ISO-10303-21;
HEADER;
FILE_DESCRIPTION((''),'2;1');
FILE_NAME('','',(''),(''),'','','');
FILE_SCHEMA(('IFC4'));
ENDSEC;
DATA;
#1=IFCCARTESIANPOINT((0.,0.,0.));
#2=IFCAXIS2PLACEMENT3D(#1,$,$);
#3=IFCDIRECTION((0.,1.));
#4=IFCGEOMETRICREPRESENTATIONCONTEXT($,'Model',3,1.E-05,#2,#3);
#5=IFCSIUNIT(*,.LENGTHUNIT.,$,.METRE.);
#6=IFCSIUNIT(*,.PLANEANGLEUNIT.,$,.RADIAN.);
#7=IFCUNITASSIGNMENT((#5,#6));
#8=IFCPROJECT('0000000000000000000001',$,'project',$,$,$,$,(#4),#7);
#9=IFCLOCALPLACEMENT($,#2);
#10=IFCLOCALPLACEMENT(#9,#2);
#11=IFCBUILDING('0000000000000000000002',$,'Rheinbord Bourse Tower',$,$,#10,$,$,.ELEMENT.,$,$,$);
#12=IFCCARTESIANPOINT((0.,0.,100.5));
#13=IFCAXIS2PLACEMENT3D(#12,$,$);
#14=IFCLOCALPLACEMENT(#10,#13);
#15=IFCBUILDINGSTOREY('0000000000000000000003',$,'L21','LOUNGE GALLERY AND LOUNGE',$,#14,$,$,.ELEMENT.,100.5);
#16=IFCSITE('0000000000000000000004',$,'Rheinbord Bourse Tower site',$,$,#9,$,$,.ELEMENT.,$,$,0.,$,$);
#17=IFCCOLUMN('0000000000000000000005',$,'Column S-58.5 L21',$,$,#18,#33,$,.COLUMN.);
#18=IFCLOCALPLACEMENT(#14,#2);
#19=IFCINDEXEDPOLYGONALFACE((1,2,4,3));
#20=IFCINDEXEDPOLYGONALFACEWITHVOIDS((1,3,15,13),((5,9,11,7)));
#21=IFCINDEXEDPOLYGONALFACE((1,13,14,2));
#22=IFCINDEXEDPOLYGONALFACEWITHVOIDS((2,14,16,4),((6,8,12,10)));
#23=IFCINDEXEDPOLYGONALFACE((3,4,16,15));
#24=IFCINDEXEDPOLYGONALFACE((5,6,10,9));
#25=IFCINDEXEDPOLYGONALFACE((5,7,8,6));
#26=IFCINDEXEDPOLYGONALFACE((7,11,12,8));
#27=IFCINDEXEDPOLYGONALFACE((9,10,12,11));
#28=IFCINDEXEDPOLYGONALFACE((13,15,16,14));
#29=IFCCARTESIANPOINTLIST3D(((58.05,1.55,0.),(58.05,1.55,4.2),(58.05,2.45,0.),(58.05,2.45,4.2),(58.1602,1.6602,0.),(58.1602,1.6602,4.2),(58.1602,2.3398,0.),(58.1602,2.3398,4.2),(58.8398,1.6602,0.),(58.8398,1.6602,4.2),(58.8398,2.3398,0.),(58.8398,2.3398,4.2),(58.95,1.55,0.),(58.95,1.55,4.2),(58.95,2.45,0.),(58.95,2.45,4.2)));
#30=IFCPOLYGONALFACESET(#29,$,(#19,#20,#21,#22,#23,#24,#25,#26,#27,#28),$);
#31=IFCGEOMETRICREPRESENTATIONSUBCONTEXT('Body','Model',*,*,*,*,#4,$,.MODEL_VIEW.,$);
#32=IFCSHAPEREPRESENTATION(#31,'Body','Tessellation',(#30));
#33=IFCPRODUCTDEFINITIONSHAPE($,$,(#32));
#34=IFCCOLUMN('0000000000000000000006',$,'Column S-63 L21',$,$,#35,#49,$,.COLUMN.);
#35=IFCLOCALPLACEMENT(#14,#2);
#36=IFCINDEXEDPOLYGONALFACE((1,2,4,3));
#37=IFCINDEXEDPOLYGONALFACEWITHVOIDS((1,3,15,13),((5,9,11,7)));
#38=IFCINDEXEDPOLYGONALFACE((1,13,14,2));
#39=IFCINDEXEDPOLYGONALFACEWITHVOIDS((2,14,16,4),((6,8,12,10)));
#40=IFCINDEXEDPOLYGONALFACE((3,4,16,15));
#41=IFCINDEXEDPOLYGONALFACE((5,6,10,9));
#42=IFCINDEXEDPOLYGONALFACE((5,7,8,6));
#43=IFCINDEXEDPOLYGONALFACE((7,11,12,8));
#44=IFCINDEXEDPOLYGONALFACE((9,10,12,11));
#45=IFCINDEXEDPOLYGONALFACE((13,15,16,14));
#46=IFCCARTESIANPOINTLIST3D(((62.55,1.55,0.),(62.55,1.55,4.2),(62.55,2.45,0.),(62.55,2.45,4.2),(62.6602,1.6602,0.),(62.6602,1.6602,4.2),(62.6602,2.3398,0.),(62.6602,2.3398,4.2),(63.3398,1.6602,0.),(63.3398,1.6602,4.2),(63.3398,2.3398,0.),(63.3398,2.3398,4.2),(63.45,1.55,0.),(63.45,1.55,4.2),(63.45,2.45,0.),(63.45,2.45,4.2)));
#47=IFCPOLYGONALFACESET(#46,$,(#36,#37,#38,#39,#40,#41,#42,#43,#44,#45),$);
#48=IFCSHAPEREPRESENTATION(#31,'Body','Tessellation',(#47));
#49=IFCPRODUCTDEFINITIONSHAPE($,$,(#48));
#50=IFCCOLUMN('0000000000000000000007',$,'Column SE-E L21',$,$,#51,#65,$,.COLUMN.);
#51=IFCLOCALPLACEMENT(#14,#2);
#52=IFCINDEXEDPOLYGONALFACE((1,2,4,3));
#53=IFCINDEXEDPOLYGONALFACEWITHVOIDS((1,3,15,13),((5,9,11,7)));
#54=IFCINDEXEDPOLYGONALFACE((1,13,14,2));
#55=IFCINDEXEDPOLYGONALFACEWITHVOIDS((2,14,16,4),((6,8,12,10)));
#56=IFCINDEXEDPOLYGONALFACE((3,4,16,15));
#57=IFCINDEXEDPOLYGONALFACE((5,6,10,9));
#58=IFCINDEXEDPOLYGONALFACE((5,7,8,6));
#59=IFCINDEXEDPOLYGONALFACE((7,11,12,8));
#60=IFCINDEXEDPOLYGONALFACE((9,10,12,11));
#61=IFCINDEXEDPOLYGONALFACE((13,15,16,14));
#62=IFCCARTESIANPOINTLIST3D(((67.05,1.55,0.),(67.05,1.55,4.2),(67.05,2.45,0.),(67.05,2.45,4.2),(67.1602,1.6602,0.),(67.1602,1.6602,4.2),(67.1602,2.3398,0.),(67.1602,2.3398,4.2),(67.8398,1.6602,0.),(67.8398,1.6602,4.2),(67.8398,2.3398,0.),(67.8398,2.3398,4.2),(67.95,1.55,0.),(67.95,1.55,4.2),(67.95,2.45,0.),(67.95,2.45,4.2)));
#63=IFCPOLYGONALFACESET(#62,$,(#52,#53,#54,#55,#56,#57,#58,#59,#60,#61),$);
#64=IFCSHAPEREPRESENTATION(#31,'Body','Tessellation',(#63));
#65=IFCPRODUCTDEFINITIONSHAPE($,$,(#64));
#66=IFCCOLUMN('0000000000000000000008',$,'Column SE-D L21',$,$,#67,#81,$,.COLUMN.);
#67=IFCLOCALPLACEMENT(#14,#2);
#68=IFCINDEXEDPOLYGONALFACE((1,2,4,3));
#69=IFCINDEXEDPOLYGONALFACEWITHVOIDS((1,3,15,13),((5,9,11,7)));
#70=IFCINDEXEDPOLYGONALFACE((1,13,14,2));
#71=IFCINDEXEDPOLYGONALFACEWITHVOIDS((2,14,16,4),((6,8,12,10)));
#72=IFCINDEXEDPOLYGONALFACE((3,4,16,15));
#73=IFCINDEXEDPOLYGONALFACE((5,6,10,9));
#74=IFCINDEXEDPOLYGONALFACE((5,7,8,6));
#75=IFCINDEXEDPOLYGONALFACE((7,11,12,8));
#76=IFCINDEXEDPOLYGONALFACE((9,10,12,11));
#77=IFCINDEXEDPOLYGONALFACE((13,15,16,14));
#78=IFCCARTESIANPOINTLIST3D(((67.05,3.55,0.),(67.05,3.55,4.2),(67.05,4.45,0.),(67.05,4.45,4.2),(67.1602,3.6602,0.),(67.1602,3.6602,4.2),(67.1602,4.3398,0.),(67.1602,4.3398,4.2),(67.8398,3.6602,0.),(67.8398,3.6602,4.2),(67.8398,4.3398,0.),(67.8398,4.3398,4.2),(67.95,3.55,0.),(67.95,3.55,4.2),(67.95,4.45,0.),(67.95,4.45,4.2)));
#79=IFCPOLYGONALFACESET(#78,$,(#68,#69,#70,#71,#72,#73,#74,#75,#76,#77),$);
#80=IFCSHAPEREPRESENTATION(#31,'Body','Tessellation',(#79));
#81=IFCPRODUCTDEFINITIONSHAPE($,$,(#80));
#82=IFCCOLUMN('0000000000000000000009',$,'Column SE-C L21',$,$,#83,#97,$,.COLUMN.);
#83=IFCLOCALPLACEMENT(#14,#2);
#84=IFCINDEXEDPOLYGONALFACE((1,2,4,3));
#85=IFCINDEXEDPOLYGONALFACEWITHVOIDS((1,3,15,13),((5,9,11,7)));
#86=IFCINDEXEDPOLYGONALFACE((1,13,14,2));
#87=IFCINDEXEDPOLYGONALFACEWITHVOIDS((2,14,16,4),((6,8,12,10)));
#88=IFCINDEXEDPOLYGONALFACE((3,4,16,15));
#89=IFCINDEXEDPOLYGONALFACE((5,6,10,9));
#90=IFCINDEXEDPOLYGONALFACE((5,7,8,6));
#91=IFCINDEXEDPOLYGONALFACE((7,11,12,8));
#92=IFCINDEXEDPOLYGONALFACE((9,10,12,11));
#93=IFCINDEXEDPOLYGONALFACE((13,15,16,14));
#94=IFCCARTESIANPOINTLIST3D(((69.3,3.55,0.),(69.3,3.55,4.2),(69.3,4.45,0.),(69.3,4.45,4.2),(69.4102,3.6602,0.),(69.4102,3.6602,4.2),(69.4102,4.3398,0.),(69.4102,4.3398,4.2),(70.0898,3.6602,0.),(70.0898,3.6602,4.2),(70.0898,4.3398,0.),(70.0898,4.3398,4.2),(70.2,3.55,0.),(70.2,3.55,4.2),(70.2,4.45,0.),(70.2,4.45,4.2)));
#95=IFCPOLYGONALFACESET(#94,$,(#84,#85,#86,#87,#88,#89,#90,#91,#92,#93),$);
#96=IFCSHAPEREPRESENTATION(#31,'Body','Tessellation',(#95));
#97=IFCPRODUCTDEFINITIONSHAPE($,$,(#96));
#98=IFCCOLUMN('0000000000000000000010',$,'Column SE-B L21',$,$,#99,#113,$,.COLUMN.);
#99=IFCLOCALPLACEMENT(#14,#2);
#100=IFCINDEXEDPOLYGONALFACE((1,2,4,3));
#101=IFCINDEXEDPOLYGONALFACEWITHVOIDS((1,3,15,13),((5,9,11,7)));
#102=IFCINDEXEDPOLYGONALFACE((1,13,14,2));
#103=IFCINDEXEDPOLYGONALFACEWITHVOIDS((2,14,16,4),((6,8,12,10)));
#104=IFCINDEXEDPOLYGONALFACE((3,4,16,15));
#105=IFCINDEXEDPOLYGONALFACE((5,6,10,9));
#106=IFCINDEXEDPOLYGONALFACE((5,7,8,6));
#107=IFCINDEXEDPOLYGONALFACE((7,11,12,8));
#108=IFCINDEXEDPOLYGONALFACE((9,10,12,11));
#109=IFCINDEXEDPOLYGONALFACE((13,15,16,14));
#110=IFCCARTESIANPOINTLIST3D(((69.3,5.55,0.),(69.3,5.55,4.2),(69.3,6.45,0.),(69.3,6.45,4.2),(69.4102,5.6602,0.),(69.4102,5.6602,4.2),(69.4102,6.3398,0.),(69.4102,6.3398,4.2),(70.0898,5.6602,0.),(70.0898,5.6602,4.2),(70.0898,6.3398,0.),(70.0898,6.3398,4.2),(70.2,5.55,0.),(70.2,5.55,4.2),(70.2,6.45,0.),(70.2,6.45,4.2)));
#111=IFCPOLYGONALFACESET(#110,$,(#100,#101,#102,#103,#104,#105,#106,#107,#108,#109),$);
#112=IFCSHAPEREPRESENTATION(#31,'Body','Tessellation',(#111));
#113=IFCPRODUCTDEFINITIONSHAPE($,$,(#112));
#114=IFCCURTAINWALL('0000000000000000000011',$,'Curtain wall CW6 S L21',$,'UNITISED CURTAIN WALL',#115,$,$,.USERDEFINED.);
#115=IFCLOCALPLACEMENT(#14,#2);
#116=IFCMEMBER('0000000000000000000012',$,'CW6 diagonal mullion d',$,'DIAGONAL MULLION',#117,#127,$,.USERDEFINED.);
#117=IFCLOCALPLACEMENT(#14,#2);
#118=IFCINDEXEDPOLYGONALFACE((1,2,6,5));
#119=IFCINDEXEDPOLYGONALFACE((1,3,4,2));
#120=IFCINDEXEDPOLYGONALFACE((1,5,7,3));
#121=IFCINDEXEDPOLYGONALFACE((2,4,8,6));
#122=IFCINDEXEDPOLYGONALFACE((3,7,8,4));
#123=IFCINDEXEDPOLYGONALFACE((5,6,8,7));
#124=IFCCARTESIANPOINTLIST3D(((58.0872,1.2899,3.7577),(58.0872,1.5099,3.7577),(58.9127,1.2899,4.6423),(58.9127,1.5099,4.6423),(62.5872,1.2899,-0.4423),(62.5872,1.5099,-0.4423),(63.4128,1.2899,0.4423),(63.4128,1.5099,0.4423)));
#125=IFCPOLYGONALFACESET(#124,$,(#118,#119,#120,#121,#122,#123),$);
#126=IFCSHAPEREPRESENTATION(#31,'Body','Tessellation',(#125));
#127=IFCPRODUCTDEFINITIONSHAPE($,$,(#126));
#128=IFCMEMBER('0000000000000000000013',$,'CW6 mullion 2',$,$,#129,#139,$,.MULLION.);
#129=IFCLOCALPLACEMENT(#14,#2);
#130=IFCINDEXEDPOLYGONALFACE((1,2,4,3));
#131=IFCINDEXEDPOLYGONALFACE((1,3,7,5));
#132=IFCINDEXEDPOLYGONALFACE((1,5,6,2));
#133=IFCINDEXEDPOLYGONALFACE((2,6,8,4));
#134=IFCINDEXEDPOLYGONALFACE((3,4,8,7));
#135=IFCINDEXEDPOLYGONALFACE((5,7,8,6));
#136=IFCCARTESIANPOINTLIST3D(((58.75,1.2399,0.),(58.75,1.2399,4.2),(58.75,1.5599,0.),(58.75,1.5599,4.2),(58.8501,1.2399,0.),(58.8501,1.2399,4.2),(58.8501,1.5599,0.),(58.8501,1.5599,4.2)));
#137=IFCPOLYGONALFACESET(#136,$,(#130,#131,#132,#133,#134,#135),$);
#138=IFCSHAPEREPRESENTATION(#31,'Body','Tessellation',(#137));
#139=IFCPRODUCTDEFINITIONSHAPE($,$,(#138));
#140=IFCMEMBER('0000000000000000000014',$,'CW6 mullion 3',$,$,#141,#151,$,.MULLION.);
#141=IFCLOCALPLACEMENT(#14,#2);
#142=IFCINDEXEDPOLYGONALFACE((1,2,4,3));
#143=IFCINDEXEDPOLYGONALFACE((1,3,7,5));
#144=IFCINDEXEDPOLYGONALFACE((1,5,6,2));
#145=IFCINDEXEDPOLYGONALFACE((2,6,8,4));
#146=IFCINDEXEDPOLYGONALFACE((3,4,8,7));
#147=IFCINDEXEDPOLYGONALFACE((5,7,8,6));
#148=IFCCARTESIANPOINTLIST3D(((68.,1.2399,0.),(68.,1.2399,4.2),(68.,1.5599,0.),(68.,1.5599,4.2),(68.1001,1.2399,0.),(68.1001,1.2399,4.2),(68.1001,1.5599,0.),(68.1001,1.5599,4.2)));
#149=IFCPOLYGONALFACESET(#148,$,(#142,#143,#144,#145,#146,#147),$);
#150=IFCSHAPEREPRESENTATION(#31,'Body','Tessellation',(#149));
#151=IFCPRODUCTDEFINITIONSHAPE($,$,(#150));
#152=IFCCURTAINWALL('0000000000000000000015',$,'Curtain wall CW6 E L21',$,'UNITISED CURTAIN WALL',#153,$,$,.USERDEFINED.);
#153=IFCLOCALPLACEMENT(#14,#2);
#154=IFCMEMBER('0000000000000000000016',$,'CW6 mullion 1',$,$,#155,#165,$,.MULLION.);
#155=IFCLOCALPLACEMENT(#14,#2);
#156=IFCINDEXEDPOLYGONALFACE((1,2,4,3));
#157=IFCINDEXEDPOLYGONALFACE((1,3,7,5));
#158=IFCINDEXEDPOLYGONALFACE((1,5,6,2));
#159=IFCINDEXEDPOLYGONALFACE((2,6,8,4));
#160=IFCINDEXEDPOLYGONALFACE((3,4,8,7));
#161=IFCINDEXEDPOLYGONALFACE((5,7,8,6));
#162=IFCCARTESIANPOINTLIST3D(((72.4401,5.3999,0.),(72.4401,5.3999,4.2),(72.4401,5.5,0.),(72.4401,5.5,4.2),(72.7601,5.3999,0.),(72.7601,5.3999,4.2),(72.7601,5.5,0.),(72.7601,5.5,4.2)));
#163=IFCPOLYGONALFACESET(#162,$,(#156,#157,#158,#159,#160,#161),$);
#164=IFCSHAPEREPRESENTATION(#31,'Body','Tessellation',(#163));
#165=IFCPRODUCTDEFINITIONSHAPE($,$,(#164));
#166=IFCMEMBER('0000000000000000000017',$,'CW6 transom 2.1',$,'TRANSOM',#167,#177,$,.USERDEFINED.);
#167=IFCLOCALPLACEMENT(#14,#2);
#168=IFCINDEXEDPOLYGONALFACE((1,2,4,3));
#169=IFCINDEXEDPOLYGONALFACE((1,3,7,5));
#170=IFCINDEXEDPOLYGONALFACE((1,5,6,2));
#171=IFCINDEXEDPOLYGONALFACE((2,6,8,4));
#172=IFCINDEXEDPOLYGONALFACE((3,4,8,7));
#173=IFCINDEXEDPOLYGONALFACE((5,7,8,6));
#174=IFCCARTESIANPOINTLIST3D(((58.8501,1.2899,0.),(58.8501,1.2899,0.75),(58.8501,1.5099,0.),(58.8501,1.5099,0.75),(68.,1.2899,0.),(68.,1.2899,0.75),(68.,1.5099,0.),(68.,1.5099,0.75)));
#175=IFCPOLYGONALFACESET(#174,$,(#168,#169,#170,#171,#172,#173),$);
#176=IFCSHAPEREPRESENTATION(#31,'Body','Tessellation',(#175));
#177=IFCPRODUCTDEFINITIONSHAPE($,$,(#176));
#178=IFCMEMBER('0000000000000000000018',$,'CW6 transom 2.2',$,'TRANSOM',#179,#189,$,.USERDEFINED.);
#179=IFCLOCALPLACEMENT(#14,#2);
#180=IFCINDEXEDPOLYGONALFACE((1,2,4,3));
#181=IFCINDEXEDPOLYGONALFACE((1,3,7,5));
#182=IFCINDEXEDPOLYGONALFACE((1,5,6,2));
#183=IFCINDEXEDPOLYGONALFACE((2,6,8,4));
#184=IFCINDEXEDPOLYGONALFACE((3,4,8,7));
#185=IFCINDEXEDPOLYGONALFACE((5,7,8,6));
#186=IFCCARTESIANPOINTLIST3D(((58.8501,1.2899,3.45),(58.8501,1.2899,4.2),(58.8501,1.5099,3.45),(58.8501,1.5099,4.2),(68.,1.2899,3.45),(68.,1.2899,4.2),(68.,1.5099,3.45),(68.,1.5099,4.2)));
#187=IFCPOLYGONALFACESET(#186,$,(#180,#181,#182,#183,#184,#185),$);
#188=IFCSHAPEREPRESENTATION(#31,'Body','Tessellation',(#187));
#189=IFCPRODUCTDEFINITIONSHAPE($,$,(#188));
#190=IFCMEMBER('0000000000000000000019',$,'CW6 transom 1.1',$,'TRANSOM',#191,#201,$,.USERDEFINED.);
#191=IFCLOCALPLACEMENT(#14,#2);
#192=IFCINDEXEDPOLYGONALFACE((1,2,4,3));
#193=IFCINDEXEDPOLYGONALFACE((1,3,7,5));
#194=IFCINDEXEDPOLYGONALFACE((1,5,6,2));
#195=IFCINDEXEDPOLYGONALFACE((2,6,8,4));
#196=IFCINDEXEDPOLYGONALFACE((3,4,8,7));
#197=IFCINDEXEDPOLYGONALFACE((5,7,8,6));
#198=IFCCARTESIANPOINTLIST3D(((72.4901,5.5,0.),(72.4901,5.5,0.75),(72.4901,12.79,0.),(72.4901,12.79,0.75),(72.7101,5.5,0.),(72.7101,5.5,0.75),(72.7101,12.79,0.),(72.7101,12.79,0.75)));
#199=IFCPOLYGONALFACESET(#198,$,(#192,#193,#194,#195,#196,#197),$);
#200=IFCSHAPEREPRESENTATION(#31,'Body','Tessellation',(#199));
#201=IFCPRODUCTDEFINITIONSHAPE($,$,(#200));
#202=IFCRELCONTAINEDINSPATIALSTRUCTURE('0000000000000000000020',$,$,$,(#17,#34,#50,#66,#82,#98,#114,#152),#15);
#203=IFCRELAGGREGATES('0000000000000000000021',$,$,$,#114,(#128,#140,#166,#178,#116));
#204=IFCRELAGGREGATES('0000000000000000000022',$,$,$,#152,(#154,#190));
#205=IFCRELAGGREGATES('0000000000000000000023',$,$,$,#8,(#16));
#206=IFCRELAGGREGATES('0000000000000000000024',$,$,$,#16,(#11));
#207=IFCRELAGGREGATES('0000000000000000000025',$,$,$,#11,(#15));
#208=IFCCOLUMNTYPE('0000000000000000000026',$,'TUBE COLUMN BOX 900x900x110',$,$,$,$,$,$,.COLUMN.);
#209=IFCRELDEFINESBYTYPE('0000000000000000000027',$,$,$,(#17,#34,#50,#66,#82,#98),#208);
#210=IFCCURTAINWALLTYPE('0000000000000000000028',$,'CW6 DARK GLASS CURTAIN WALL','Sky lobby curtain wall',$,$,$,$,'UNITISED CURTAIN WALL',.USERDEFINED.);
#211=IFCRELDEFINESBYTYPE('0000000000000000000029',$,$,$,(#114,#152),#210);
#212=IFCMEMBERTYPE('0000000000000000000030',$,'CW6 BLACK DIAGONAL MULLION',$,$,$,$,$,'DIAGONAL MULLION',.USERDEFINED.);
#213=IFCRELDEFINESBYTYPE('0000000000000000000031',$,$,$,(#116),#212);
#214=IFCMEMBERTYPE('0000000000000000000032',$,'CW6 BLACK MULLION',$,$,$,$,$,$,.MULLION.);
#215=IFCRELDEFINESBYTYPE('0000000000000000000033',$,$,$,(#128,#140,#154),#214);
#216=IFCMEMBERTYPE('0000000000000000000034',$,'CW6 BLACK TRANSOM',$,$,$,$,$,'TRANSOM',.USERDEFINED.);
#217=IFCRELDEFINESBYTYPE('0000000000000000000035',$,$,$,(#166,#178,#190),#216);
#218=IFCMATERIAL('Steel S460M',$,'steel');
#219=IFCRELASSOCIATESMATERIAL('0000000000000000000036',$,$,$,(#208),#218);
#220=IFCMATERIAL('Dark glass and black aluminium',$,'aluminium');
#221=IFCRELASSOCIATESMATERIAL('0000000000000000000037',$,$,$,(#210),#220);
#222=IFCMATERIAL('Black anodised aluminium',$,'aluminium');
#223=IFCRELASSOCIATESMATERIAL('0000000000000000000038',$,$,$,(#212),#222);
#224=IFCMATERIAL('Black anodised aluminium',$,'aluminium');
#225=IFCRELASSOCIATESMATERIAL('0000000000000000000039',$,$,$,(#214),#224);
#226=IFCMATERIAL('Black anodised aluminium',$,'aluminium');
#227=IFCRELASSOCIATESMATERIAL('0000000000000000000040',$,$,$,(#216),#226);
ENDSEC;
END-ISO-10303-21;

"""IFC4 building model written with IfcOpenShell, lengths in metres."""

from ifc_helpers import new_model, si_unit, direction, frame, origin, origin_2d, place, context, subcontext, project, spatial, rectangle, hollow_rectangle, extrude, material, material_profile, profile_set, type_object, element, aggregate, save


model = new_model("IFC4")

# Units and contexts
model_context = context("Model", 3, precision=1e-05, world=origin(), true_north=direction((0.0, 1.0)))
body_context = subcontext(model_context, "Body", "Model", "MODEL_VIEW")
ifc_project = project(units=[si_unit("LENGTHUNIT", "METRE"), si_unit("PLANEANGLEUNIT", "RADIAN")], contexts=[model_context])

# Site, building, storey
site_placement = place(None, origin())
site = spatial("IfcSite", under=ifc_project, at=site_placement, Name="Rheinbord Bourse Tower site", CompositionType="ELEMENT", RefElevation=0.0)
building_placement = place(site_placement, origin())
building = spatial("IfcBuilding", under=site, at=building_placement, Name="Rheinbord Bourse Tower", CompositionType="ELEMENT")
storey_placement = place(building_placement, frame((0.0, 0.0, 100.5)))
storey = spatial("IfcBuildingStorey", under=building, at=storey_placement, Name="L21", Description="LOUNGE GALLERY AND LOUNGE", CompositionType="ELEMENT", Elevation=100.5)

# Columns
ifc_material_1 = material(Name="Steel S460M", Category="steel")
ifc_material_profile_1 = material_profile(ifc_material_1, hollow_rectangle(XDim=0.8999, YDim=0.8999, WallThickness=0.1101, at=origin_2d()), Name="BOX 900x900x110")
ifc_profile_set_1 = profile_set([ifc_material_profile_1], Name="Steel S460M")
column_type = type_object("IfcColumnType", Name="TUBE COLUMN BOX 900x900x110", PredefinedType="COLUMN", material=ifc_profile_set_1)
for number, where, z_axis, x_axis, name in (
    (1, (58.5, 2.0, 0.0), (0.0, 0.0, 1.0), (0.0, 1.0, 0.0), "Column S-58.5 L21"),
    (2, (63.0, 2.0, 0.0), (0.0, 0.0, 1.0), (0.0, 1.0, 0.0), "Column S-63 L21"),
    (3, (67.5, 2.0, 0.0), (0.0, 0.0, 1.0), (0.0, 1.0, 0.0), "Column SE-E L21"),
    (4, (67.5, 4.0, 0.0), (0.0, 0.0, 1.0), (0.0, 1.0, 0.0), "Column SE-D L21"),
    (5, (69.75, 4.0, 0.0), (0.0, 0.0, 1.0), (1.0, 0.0, 0.0), "Column SE-C L21"),
    (6, (69.75, 6.0, 0.0), (0.0, 0.0, 1.0), (1.0, 0.0, 0.0), "Column SE-B L21"),
):
    element("IfcColumn", number, at=place(storey_placement, frame(where, z_axis=z_axis, x_axis=x_axis)), inside=storey, type_object=column_type, Name=name, PredefinedType="COLUMN", context=body_context, shape_type="SweptSolid", body=[
        extrude(hollow_rectangle(XDim=0.8999, YDim=0.8999, WallThickness=0.1101, at=origin_2d()), origin(), (0.0, 0.0, 1.0), 4.2),
    ])

# Curtain wall, members
ifc_material_2 = material(Name="Dark glass and black aluminium", Category="aluminium")
curtain_wall_type = type_object("IfcCurtainWallType", Name="CW6 DARK GLASS CURTAIN WALL", Description="Sky lobby curtain wall", ElementType="UNITISED CURTAIN WALL", PredefinedType="USERDEFINED", material=ifc_material_2)
curtain_wall_1_placement = place(storey_placement, origin())
curtain_wall_1 = element("IfcCurtainWall", 7, at=curtain_wall_1_placement, inside=storey, type_object=curtain_wall_type, Name="Curtain wall CW6 S L21", ObjectType="UNITISED CURTAIN WALL", PredefinedType="USERDEFINED")
ifc_material_3 = material(Name="Black anodised aluminium", Category="aluminium")
ifc_material_profile_2 = material_profile(ifc_material_3, rectangle(XDim=0.22, YDim=1.21, at=origin_2d()), Name="CW6 DIAGONAL MULLION 1210x220")
ifc_profile_set_2 = profile_set([ifc_material_profile_2], Name="Black anodised aluminium")
member_type_1 = type_object("IfcMemberType", Name="CW6 BLACK DIAGONAL MULLION", ElementType="DIAGONAL MULLION", PredefinedType="USERDEFINED", material=ifc_profile_set_2)
member_1_placement = place(storey_placement, frame((63.0, 1.3999, 0.0), z_axis=(-0.731059, 0.0, 0.682314), x_axis=(0.0, -1.0, 0.0)))
member_1 = element("IfcMember", 8, at=member_1_placement, type_object=member_type_1, Name="CW6 diagonal mullion d", ObjectType="DIAGONAL MULLION", PredefinedType="USERDEFINED", context=body_context, shape_type="SweptSolid", body=[
    extrude(rectangle(XDim=0.22, YDim=1.21, at=origin_2d()), origin(), (0.0, 0.0, 1.0), 6.1555),
])
ifc_material_4 = material(Name="Black anodised aluminium", Category="aluminium")
ifc_material_profile_3 = material_profile(ifc_material_4, rectangle(XDim=0.3201, YDim=0.1001, at=origin_2d()), Name="CW6 MULLION 100x320")
ifc_profile_set_3 = profile_set([ifc_material_profile_3], Name="Black anodised aluminium")
member_type_2 = type_object("IfcMemberType", Name="CW6 BLACK MULLION", PredefinedType="MULLION", material=ifc_profile_set_3)
member_2_placement = place(storey_placement, frame((58.8, 1.3999, 0.0), z_axis=(0.0, 0.0, 1.0), x_axis=(0.0, 1.0, 0.0)))
member_2 = element("IfcMember", 9, at=member_2_placement, type_object=member_type_2, Name="CW6 mullion 2", PredefinedType="MULLION", context=body_context, shape_type="SweptSolid", body=[
    extrude(rectangle(XDim=0.3201, YDim=0.1001, at=origin_2d()), origin(), (0.0, 0.0, 1.0), 4.2),
])
member_3_placement = place(storey_placement, frame((68.05, 1.3999, 0.0), z_axis=(0.0, 0.0, 1.0), x_axis=(0.0, 1.0, 0.0)))
member_3 = element("IfcMember", 10, at=member_3_placement, type_object=member_type_2, Name="CW6 mullion 3", PredefinedType="MULLION", context=body_context, shape_type="SweptSolid", body=[
    extrude(rectangle(XDim=0.3201, YDim=0.1001, at=origin_2d()), origin(), (0.0, 0.0, 1.0), 4.2),
])

# Curtain wall, member
curtain_wall_2_placement = place(storey_placement, origin())
curtain_wall_2 = element("IfcCurtainWall", 11, at=curtain_wall_2_placement, inside=storey, type_object=curtain_wall_type, Name="Curtain wall CW6 E L21", ObjectType="UNITISED CURTAIN WALL", PredefinedType="USERDEFINED")
member_4_placement = place(storey_placement, frame((72.6001, 5.45, 0.0), z_axis=(0.0, 0.0, 1.0), x_axis=(-1.0, 0.0, 0.0)))
member_4 = element("IfcMember", 12, at=member_4_placement, type_object=member_type_2, Name="CW6 mullion 1", PredefinedType="MULLION", context=body_context, shape_type="SweptSolid", body=[
    extrude(rectangle(XDim=0.3201, YDim=0.1001, at=origin_2d()), origin(), (0.0, 0.0, 1.0), 4.2),
])

# Members
ifc_material_5 = material(Name="Black anodised aluminium", Category="aluminium")
ifc_material_profile_4 = material_profile(ifc_material_5, rectangle(XDim=0.22, YDim=0.75, at=origin_2d()), Name="CW6 TRANSOM 750x220")
ifc_profile_set_4 = profile_set([ifc_material_profile_4], Name="Black anodised aluminium")
member_type_3 = type_object("IfcMemberType", Name="CW6 BLACK TRANSOM", ElementType="TRANSOM", PredefinedType="USERDEFINED", material=ifc_profile_set_4)
member_5_placement = place(storey_placement, frame((58.8501, 1.3999, 0.375), z_axis=(1.0, 0.0, 0.0), x_axis=(0.0, 1.0, 0.0)))
member_5 = element("IfcMember", 13, at=member_5_placement, type_object=member_type_3, Name="CW6 transom 2.1", ObjectType="TRANSOM", PredefinedType="USERDEFINED", context=body_context, shape_type="SweptSolid", body=[
    extrude(rectangle(XDim=0.22, YDim=0.75, at=origin_2d()), origin(), (0.0, 0.0, 1.0), 9.1499),
])
member_6_placement = place(storey_placement, frame((58.8501, 1.3999, 3.825), z_axis=(1.0, 0.0, 0.0), x_axis=(0.0, 1.0, 0.0)))
member_6 = element("IfcMember", 14, at=member_6_placement, type_object=member_type_3, Name="CW6 transom 2.2", ObjectType="TRANSOM", PredefinedType="USERDEFINED", context=body_context, shape_type="SweptSolid", body=[
    extrude(rectangle(XDim=0.22, YDim=0.75, at=origin_2d()), origin(), (0.0, 0.0, 1.0), 9.1499),
])
member_7_placement = place(storey_placement, frame((72.6001, 5.5, 0.375), z_axis=(0.0, 1.0, 0.0), x_axis=(-1.0, 0.0, 0.0)))
member_7 = element("IfcMember", 15, at=member_7_placement, type_object=member_type_3, Name="CW6 transom 1.1", ObjectType="TRANSOM", PredefinedType="USERDEFINED", context=body_context, shape_type="SweptSolid", body=[
    extrude(rectangle(XDim=0.22, YDim=0.75, at=origin_2d()), origin(), (0.0, 0.0, 1.0), 7.29),
])

aggregate(curtain_wall_1, [member_2, member_3, member_5, member_6, member_1])
aggregate(curtain_wall_2, [member_4, member_7])

save(model, "model.ifc")
